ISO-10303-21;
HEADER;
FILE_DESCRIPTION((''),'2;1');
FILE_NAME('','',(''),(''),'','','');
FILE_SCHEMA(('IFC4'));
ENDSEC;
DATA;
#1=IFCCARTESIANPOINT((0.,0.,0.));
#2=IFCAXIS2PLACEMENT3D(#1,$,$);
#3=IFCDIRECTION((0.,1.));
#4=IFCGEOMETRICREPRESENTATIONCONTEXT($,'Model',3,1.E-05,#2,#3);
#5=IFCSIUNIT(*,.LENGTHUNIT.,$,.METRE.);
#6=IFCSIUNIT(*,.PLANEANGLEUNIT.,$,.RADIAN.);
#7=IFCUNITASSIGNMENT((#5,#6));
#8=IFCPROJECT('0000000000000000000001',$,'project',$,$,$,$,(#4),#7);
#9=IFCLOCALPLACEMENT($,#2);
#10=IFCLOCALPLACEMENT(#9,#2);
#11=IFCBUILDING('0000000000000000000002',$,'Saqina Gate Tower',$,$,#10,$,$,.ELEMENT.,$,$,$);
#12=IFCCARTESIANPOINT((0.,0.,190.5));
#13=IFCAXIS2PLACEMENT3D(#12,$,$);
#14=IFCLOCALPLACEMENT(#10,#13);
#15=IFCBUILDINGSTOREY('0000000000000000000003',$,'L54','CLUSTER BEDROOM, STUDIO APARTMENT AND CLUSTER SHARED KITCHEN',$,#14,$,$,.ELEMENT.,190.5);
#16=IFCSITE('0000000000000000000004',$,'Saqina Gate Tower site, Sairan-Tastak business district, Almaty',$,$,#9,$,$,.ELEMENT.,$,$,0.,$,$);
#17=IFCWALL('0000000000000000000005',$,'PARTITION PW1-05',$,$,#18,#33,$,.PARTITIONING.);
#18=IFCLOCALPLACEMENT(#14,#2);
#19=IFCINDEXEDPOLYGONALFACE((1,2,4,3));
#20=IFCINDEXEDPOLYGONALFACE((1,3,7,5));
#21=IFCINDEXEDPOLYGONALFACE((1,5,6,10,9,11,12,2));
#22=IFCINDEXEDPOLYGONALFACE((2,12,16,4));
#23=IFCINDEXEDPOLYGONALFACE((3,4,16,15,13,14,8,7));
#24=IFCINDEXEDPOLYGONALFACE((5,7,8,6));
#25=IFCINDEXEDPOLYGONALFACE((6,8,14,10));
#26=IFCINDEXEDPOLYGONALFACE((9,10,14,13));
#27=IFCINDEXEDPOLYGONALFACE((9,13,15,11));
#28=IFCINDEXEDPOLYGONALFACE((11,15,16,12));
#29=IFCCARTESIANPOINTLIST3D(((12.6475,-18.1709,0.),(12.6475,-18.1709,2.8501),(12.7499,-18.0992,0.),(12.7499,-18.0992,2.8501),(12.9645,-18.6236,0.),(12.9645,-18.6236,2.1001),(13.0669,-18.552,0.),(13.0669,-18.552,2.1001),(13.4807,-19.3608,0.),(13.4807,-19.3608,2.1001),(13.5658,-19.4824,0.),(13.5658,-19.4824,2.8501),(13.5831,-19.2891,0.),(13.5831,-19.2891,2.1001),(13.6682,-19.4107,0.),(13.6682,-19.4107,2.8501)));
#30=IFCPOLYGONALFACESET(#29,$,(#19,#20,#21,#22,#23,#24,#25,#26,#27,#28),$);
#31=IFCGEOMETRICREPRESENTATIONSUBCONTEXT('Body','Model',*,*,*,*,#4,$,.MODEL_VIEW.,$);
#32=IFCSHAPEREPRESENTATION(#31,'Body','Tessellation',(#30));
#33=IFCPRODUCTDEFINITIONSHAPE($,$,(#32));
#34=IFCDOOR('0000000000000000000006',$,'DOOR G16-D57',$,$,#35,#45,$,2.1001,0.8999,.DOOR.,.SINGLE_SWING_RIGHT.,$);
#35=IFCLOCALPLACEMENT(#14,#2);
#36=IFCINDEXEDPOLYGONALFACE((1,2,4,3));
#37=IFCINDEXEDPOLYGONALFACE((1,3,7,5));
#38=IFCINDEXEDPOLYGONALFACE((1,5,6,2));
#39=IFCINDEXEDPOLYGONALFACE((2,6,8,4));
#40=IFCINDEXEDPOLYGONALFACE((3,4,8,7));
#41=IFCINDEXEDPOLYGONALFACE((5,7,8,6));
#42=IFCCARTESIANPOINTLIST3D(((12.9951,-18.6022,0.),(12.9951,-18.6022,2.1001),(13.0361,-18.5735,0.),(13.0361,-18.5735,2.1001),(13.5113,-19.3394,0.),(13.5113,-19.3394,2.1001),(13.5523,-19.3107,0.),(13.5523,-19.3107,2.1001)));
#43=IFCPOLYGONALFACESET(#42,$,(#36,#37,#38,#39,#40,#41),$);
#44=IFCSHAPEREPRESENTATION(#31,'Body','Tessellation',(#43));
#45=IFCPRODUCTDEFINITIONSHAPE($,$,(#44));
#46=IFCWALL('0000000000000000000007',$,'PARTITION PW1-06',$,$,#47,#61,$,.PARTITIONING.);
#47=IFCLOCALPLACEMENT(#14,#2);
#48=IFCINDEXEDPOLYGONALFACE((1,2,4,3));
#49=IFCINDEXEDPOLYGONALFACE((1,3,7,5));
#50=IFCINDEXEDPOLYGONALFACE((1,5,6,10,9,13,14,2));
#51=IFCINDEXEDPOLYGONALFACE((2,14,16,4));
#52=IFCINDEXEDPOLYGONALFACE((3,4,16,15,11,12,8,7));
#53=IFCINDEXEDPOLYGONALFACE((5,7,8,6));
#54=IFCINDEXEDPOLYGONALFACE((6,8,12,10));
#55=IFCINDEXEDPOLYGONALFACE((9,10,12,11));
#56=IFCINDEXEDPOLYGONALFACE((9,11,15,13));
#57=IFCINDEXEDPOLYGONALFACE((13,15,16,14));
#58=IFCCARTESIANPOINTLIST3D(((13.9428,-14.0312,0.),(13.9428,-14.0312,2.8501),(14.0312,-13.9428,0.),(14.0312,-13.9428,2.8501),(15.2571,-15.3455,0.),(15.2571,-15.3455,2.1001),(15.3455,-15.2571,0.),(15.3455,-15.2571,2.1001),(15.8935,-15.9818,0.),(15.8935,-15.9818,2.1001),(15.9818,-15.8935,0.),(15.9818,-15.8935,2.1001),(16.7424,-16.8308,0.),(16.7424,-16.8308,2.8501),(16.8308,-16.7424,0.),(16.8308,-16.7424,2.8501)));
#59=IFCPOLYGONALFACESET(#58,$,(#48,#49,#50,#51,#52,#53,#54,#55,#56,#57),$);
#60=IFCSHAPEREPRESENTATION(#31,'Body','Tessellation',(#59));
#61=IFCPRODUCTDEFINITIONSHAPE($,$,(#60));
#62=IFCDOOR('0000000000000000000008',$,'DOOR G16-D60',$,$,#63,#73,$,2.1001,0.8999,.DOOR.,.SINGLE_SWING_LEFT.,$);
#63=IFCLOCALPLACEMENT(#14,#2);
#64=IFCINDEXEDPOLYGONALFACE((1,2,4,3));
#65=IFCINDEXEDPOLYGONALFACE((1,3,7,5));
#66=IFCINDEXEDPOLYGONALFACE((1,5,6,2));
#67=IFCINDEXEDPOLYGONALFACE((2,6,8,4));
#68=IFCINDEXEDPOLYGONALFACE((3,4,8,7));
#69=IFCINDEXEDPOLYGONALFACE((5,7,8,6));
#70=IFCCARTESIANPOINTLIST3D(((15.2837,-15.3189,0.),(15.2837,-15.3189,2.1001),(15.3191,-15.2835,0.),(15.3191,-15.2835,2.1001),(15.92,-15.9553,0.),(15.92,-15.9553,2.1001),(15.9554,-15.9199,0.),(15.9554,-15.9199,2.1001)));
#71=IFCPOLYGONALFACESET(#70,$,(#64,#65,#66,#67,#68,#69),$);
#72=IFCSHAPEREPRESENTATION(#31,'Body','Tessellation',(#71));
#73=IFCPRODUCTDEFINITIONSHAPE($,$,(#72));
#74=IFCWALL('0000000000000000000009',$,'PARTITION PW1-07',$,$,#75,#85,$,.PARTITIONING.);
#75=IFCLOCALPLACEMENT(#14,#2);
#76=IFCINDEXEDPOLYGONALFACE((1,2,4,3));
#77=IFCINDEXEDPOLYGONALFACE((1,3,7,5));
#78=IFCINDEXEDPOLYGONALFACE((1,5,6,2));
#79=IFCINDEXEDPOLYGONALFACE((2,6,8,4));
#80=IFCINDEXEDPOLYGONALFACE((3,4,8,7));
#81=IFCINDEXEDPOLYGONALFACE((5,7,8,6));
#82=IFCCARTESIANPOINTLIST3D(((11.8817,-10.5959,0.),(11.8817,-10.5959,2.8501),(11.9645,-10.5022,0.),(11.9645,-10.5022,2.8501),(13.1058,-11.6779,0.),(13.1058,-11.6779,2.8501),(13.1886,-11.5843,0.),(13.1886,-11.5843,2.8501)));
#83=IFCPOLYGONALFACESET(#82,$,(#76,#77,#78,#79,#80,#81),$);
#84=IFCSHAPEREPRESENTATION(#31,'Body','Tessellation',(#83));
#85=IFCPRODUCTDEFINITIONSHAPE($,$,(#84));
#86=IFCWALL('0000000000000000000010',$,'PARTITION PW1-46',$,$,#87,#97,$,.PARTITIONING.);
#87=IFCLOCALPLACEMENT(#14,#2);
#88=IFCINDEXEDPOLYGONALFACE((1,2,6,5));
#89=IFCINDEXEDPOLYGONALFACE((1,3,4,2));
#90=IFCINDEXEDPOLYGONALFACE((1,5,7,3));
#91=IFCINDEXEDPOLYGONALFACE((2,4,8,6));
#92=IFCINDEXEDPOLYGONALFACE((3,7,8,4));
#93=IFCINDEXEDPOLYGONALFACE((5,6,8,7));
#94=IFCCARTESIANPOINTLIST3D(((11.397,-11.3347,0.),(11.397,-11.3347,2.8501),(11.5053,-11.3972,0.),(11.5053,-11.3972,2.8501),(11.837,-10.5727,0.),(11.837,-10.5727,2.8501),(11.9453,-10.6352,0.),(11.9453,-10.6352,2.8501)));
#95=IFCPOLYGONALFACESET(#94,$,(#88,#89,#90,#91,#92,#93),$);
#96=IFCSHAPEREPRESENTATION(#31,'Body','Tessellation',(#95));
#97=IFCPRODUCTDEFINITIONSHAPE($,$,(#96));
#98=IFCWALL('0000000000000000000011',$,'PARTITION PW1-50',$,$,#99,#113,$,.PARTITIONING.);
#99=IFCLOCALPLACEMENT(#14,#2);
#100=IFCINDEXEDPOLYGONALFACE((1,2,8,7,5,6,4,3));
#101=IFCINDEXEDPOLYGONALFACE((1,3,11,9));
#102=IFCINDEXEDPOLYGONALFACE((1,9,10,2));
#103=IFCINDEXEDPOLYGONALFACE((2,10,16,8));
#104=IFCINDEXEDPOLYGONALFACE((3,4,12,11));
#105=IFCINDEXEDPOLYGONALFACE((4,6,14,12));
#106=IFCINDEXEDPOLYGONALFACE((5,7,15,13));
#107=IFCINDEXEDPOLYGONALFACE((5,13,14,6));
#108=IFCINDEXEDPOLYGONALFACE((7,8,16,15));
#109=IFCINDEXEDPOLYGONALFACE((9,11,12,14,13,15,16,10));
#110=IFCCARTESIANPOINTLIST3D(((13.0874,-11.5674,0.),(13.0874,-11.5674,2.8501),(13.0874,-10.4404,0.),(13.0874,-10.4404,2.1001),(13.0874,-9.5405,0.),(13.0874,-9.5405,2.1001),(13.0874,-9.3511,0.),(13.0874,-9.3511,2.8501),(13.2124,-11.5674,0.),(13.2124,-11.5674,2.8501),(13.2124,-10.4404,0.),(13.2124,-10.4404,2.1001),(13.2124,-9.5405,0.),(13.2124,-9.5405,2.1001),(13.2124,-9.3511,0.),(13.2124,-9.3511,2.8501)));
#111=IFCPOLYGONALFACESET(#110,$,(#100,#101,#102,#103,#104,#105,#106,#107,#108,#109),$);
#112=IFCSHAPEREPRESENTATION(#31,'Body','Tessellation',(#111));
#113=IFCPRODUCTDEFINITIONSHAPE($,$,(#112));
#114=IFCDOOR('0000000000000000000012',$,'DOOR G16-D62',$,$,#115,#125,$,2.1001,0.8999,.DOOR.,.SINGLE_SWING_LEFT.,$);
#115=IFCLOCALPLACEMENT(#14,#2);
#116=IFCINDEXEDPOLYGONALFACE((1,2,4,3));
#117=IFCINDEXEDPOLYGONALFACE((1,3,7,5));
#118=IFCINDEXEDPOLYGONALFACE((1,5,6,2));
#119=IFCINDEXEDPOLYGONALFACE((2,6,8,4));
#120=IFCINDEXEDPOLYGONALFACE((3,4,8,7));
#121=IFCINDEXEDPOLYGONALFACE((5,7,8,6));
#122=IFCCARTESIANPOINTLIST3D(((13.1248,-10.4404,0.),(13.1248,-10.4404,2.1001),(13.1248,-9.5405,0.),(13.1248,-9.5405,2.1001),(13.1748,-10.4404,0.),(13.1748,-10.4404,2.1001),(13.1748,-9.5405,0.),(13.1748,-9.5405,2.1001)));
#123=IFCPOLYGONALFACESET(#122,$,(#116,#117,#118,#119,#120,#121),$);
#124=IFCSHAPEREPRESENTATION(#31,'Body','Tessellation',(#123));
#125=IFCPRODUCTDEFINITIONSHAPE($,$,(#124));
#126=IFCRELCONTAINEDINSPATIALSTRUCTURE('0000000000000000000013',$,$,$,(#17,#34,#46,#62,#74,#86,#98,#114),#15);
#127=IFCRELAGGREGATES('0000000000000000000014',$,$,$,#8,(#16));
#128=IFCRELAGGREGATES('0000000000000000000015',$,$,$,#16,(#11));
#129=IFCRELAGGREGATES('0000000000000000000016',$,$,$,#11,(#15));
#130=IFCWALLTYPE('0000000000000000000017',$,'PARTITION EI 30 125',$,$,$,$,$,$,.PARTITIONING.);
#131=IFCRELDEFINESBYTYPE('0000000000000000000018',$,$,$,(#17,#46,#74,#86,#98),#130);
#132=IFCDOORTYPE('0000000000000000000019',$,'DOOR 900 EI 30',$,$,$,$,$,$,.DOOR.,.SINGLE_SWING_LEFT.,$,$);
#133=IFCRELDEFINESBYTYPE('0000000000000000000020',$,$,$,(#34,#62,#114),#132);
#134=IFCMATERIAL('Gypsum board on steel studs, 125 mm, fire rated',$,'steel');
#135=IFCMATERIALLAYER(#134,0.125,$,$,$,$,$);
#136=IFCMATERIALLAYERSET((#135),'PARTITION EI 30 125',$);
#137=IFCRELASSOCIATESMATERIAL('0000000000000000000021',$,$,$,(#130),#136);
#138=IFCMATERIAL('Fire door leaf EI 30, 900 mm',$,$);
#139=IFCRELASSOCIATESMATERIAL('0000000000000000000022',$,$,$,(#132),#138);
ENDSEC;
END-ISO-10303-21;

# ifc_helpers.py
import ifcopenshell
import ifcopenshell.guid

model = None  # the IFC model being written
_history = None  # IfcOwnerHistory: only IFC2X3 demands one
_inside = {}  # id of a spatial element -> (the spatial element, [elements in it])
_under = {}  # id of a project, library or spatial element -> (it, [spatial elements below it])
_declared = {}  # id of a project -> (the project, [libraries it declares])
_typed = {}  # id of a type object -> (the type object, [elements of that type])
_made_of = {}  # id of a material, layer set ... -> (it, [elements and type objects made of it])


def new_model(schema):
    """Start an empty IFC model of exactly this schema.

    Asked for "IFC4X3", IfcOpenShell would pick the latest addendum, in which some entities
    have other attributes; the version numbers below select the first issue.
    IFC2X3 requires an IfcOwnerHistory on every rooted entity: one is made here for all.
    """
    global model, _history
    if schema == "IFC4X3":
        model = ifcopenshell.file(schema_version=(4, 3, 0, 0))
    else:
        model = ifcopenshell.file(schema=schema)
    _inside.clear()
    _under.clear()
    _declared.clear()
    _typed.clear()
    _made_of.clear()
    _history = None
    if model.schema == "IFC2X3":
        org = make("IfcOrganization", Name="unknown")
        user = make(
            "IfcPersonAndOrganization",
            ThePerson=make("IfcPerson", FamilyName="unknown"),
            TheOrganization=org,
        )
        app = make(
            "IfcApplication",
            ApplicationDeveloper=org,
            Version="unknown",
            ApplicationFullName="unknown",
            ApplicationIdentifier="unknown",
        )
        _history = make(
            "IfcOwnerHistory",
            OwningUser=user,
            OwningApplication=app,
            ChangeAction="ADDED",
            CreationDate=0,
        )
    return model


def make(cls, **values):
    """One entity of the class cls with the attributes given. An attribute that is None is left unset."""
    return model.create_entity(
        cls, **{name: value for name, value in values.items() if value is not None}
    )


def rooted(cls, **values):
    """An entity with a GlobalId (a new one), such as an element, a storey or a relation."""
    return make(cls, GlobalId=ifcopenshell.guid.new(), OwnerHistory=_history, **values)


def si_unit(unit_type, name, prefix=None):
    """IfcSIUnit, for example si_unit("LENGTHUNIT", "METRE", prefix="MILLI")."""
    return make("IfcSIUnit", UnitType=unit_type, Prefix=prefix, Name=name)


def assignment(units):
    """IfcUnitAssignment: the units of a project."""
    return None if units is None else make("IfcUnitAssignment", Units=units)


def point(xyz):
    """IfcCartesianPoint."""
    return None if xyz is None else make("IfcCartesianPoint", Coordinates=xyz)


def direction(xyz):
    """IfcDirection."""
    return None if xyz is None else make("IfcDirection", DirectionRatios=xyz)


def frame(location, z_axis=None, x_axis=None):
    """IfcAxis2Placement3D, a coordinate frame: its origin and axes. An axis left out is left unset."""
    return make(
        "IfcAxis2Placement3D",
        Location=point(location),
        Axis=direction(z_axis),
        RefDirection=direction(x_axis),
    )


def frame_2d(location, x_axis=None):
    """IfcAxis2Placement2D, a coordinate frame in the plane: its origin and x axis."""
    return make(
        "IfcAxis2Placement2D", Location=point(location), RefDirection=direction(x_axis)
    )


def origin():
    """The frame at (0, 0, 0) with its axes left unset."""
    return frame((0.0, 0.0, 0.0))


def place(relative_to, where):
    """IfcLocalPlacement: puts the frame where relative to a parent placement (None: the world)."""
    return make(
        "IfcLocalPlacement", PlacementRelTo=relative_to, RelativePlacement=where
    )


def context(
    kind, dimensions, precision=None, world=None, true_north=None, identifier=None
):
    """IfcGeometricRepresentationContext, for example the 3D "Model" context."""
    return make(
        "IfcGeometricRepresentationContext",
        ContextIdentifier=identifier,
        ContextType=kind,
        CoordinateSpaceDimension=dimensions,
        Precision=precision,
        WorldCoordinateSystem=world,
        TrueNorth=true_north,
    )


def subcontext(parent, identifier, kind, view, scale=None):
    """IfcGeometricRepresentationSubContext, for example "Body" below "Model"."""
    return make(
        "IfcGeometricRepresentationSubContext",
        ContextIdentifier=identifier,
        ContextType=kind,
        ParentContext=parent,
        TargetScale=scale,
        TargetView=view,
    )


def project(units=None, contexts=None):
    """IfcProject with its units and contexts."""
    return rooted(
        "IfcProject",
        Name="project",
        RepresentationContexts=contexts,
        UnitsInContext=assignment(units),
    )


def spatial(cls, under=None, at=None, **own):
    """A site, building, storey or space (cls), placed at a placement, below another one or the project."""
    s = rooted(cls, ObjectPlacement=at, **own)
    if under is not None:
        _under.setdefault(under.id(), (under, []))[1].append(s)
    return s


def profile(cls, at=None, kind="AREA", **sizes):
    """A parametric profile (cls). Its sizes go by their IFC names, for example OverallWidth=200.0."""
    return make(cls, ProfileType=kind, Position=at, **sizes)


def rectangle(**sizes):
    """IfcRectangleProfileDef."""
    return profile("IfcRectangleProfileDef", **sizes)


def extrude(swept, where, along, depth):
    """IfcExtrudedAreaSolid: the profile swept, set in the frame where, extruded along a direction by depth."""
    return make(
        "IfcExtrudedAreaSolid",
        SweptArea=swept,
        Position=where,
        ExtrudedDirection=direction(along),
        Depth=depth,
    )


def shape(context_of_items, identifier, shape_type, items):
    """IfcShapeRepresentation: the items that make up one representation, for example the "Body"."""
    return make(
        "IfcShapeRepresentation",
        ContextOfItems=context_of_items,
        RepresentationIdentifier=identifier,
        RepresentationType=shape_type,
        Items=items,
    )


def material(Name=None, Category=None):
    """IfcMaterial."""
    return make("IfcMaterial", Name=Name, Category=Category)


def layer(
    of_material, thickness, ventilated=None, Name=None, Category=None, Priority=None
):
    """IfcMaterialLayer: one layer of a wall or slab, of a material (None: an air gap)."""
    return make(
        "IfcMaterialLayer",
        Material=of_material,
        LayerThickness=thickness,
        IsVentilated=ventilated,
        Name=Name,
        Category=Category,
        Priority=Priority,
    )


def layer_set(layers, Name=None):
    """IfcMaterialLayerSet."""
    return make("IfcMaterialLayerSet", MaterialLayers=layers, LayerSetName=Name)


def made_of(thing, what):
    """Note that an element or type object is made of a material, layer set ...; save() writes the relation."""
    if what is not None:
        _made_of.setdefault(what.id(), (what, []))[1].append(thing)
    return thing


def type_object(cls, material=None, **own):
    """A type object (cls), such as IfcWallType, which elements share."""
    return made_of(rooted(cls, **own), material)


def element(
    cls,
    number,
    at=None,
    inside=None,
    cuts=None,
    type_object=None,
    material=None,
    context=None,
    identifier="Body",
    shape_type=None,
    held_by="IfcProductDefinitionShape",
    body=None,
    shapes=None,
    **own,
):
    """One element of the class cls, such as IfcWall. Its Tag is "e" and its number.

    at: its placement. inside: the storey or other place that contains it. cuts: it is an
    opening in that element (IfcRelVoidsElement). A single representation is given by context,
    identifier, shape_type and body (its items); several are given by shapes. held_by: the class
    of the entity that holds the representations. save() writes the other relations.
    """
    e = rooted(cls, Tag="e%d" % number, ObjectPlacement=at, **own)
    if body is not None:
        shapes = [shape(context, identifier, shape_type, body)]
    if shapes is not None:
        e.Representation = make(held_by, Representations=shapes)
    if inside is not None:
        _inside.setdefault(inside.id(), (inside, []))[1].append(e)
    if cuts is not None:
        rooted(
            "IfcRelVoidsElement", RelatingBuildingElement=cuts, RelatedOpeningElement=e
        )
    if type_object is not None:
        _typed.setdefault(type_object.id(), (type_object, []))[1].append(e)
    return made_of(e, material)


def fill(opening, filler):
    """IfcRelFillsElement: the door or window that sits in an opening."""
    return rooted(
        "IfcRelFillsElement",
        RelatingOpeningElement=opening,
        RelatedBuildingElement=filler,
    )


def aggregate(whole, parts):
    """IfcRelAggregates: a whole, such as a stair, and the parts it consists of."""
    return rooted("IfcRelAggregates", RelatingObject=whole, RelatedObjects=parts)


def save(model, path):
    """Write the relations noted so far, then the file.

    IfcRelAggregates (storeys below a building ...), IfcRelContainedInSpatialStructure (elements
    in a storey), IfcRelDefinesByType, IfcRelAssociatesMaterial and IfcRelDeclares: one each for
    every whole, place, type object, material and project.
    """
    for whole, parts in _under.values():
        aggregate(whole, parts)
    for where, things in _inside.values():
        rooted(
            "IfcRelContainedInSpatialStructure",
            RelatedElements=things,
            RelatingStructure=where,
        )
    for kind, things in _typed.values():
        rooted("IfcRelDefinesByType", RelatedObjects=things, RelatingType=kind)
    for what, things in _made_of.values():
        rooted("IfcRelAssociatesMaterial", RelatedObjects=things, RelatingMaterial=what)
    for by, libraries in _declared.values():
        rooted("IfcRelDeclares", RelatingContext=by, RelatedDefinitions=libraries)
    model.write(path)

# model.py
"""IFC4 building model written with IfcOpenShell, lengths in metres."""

from ifc_helpers import new_model, si_unit, direction, frame, frame_2d, origin, place, context, subcontext, project, spatial, rectangle, extrude, material, layer, layer_set, type_object, element, fill, save


model = new_model("IFC4")

# Units and contexts
model_context = context("Model", 3, precision=1e-05, world=origin(), true_north=direction((0.0, 1.0)))
body_context = subcontext(model_context, "Body", "Model", "MODEL_VIEW")
ifc_project = project(units=[si_unit("LENGTHUNIT", "METRE"), si_unit("PLANEANGLEUNIT", "RADIAN")], contexts=[model_context])

# Site, building, storey
site_placement = place(None, origin())
site = spatial("IfcSite", under=ifc_project, at=site_placement, Name="Saqina Gate Tower site, Sairan-Tastak business district, Almaty", CompositionType="ELEMENT", RefElevation=0.0)
building_placement = place(site_placement, origin())
building = spatial("IfcBuilding", under=site, at=building_placement, Name="Saqina Gate Tower", CompositionType="ELEMENT")
storey_placement = place(building_placement, frame((0.0, 0.0, 190.5)))
storey = spatial("IfcBuildingStorey", under=building, at=storey_placement, Name="L54", Description="CLUSTER BEDROOM, STUDIO APARTMENT AND CLUSTER SHARED KITCHEN", CompositionType="ELEMENT", Elevation=190.5)

# Walls, openings, doors
ifc_material_1 = material(Name="Gypsum board on steel studs, 125 mm, fire rated", Category="steel")
ifc_layer_1 = layer(ifc_material_1, 0.125)
ifc_layer_set_1 = layer_set([ifc_layer_1], Name="PARTITION EI 30 125")
wall_type_1 = type_object("IfcWallType", Name="PARTITION EI 30 125", PredefinedType="PARTITIONING", material=ifc_layer_set_1)
wall_1_placement = place(storey_placement, frame((12.6987, -18.135, 0.0), z_axis=(0.0, 0.0, 1.0), x_axis=(0.573524, -0.819189, 0.0)))
wall_1 = element("IfcWall", 1, at=wall_1_placement, inside=storey, type_object=wall_type_1, Name="PARTITION PW1-05", PredefinedType="PARTITIONING", context=body_context, shape_type="SweptSolid", body=[
    extrude(rectangle(XDim=1.6011, YDim=0.125, at=frame_2d((0.8005, 0.0))), origin(), (0.0, 0.0, 1.0), 2.8501),
])
opening_1_placement = place(wall_1_placement, frame((0.5527, 0.0, 0.0)))
opening_1 = element("IfcOpeningElement", 2, at=opening_1_placement, cuts=wall_1, PredefinedType="OPENING", context=body_context, shape_type="SweptSolid", body=[
    extrude(rectangle(XDim=0.8999, YDim=2.1001, at=frame_2d((0.45, 1.05))), frame((0.0, 0.0745, 0.0), z_axis=(0.0, -1.0, 0.0), x_axis=(1.0, 0.0, 0.0)), (0.0, 0.0, 1.0), 0.1489),
])
ifc_material_2 = material(Name="Fire door leaf EI 30, 900 mm")
door_type_1 = type_object("IfcDoorType", Name="DOOR 900 EI 30", OperationType="SINGLE_SWING_LEFT", PredefinedType="DOOR", material=ifc_material_2)
door_1_placement = place(opening_1_placement, origin())
door_1 = element("IfcDoor", 3, at=door_1_placement, inside=storey, type_object=door_type_1, Name="DOOR G16-D57", OperationType="SINGLE_SWING_RIGHT", OverallHeight=2.1001, OverallWidth=0.8999, PredefinedType="DOOR", context=body_context, shape_type="SweptSolid", body=[
    extrude(rectangle(XDim=0.8999, YDim=2.1001, at=frame_2d((0.45, 1.05))), frame((0.0, 0.0249, 0.0), z_axis=(0.0, -1.0, 0.0), x_axis=(1.0, 0.0, 0.0)), (0.0, 0.0, 1.0), 0.05),
])
fill(opening_1, door_1)
wall_2_placement = place(storey_placement, frame((13.9871, -13.9871, 0.0), z_axis=(0.0, 0.0, 1.0), x_axis=(0.707107, -0.707107, 0.0)))
wall_2 = element("IfcWall", 4, at=wall_2_placement, inside=storey, type_object=wall_type_1, Name="PARTITION PW1-06", PredefinedType="PARTITIONING", context=body_context, shape_type="SweptSolid", body=[
    extrude(rectangle(XDim=3.9592, YDim=0.125, at=frame_2d((1.9795, 0.0))), origin(), (0.0, 0.0, 1.0), 2.8501),
])
opening_2_placement = place(wall_2_placement, frame((1.8586, 0.0, 0.0)))
opening_2 = element("IfcOpeningElement", 5, at=opening_2_placement, cuts=wall_2, PredefinedType="OPENING", context=body_context, shape_type="SweptSolid", body=[
    extrude(rectangle(XDim=0.8999, YDim=2.1001, at=frame_2d((0.45, 1.05))), frame((0.0, 0.0745, 0.0), z_axis=(0.0, -1.0, 0.0), x_axis=(1.0, 0.0, 0.0)), (0.0, 0.0, 1.0), 0.1489),
])
door_2_placement = place(opening_2_placement, frame((0.8999, 0.0, 0.0), z_axis=(0.0, 0.0, 1.0), x_axis=(-1.0, 0.0, 0.0)))
door_2 = element("IfcDoor", 6, at=door_2_placement, inside=storey, type_object=door_type_1, Name="DOOR G16-D60", OperationType="SINGLE_SWING_LEFT", OverallHeight=2.1001, OverallWidth=0.8999, PredefinedType="DOOR", context=body_context, shape_type="SweptSolid", body=[
    extrude(rectangle(XDim=0.8999, YDim=2.1001, at=frame_2d((0.45, 1.05))), frame((0.0, 0.0249, 0.0), z_axis=(0.0, -1.0, 0.0), x_axis=(1.0, 0.0, 0.0)), (0.0, 0.0, 1.0), 0.05),
])
fill(opening_2, door_2)

# Walls
wall_3_placement = place(storey_placement, frame((11.9231, -10.5491, 0.0), z_axis=(0.0, 0.0, 1.0), x_axis=(0.749253, -0.662284, 0.0)))
element("IfcWall", 7, at=wall_3_placement, inside=storey, type_object=wall_type_1, Name="PARTITION PW1-07", PredefinedType="PARTITIONING", context=body_context, shape_type="SweptSolid", body=[
    extrude(rectangle(XDim=1.6338, YDim=0.125, at=frame_2d((0.8169, 0.0))), origin(), (0.0, 0.0, 1.0), 2.8501),
])
wall_4_placement = place(storey_placement, frame((11.4512, -11.366, 0.0), z_axis=(0.0, 0.0, 1.0), x_axis=(0.500019, 0.866015, 0.0)))
element("IfcWall", 8, at=wall_4_placement, inside=storey, type_object=wall_type_1, Name="PARTITION PW1-46", PredefinedType="PARTITIONING", context=body_context, shape_type="SweptSolid", body=[
    extrude(rectangle(XDim=0.8799, YDim=0.125, at=frame_2d((0.4399, 0.0))), origin(), (0.0, 0.0, 1.0), 2.8501),
])

# Wall, opening, door
wall_5_placement = place(storey_placement, frame((13.1499, -11.5674, 0.0), z_axis=(0.0, 0.0, 1.0), x_axis=(0.0, 1.0, 0.0)))
wall_5 = element("IfcWall", 9, at=wall_5_placement, inside=storey, type_object=wall_type_1, Name="PARTITION PW1-50", PredefinedType="PARTITIONING", context=body_context, shape_type="SweptSolid", body=[
    extrude(rectangle(XDim=2.2163, YDim=0.125, at=frame_2d((1.1082, 0.0))), origin(), (0.0, 0.0, 1.0), 2.8501),
])
opening_3_placement = place(wall_5_placement, frame((1.127, 0.0, 0.0)))
opening_3 = element("IfcOpeningElement", 10, at=opening_3_placement, cuts=wall_5, PredefinedType="OPENING", context=body_context, shape_type="SweptSolid", body=[
    extrude(rectangle(XDim=0.8999, YDim=2.1001, at=frame_2d((0.45, 1.05))), frame((0.0, 0.0745, 0.0), z_axis=(0.0, -1.0, 0.0), x_axis=(1.0, 0.0, 0.0)), (0.0, 0.0, 1.0), 0.1489),
])
door_3_placement = place(opening_3_placement, frame((0.8999, 0.0, 0.0), z_axis=(0.0, 0.0, 1.0), x_axis=(-1.0, 0.0, 0.0)))
door_3 = element("IfcDoor", 11, at=door_3_placement, inside=storey, type_object=door_type_1, Name="DOOR G16-D62", OperationType="SINGLE_SWING_LEFT", OverallHeight=2.1001, OverallWidth=0.8999, PredefinedType="DOOR", context=body_context, shape_type="SweptSolid", body=[
    extrude(rectangle(XDim=0.8999, YDim=2.1001, at=frame_2d((0.45, 1.05))), frame((0.0, 0.0249, 0.0), z_axis=(0.0, -1.0, 0.0), x_axis=(1.0, 0.0, 0.0)), (0.0, 0.0, 1.0), 0.05),
])
fill(opening_3, door_3)

save(model, "model.ifc")
